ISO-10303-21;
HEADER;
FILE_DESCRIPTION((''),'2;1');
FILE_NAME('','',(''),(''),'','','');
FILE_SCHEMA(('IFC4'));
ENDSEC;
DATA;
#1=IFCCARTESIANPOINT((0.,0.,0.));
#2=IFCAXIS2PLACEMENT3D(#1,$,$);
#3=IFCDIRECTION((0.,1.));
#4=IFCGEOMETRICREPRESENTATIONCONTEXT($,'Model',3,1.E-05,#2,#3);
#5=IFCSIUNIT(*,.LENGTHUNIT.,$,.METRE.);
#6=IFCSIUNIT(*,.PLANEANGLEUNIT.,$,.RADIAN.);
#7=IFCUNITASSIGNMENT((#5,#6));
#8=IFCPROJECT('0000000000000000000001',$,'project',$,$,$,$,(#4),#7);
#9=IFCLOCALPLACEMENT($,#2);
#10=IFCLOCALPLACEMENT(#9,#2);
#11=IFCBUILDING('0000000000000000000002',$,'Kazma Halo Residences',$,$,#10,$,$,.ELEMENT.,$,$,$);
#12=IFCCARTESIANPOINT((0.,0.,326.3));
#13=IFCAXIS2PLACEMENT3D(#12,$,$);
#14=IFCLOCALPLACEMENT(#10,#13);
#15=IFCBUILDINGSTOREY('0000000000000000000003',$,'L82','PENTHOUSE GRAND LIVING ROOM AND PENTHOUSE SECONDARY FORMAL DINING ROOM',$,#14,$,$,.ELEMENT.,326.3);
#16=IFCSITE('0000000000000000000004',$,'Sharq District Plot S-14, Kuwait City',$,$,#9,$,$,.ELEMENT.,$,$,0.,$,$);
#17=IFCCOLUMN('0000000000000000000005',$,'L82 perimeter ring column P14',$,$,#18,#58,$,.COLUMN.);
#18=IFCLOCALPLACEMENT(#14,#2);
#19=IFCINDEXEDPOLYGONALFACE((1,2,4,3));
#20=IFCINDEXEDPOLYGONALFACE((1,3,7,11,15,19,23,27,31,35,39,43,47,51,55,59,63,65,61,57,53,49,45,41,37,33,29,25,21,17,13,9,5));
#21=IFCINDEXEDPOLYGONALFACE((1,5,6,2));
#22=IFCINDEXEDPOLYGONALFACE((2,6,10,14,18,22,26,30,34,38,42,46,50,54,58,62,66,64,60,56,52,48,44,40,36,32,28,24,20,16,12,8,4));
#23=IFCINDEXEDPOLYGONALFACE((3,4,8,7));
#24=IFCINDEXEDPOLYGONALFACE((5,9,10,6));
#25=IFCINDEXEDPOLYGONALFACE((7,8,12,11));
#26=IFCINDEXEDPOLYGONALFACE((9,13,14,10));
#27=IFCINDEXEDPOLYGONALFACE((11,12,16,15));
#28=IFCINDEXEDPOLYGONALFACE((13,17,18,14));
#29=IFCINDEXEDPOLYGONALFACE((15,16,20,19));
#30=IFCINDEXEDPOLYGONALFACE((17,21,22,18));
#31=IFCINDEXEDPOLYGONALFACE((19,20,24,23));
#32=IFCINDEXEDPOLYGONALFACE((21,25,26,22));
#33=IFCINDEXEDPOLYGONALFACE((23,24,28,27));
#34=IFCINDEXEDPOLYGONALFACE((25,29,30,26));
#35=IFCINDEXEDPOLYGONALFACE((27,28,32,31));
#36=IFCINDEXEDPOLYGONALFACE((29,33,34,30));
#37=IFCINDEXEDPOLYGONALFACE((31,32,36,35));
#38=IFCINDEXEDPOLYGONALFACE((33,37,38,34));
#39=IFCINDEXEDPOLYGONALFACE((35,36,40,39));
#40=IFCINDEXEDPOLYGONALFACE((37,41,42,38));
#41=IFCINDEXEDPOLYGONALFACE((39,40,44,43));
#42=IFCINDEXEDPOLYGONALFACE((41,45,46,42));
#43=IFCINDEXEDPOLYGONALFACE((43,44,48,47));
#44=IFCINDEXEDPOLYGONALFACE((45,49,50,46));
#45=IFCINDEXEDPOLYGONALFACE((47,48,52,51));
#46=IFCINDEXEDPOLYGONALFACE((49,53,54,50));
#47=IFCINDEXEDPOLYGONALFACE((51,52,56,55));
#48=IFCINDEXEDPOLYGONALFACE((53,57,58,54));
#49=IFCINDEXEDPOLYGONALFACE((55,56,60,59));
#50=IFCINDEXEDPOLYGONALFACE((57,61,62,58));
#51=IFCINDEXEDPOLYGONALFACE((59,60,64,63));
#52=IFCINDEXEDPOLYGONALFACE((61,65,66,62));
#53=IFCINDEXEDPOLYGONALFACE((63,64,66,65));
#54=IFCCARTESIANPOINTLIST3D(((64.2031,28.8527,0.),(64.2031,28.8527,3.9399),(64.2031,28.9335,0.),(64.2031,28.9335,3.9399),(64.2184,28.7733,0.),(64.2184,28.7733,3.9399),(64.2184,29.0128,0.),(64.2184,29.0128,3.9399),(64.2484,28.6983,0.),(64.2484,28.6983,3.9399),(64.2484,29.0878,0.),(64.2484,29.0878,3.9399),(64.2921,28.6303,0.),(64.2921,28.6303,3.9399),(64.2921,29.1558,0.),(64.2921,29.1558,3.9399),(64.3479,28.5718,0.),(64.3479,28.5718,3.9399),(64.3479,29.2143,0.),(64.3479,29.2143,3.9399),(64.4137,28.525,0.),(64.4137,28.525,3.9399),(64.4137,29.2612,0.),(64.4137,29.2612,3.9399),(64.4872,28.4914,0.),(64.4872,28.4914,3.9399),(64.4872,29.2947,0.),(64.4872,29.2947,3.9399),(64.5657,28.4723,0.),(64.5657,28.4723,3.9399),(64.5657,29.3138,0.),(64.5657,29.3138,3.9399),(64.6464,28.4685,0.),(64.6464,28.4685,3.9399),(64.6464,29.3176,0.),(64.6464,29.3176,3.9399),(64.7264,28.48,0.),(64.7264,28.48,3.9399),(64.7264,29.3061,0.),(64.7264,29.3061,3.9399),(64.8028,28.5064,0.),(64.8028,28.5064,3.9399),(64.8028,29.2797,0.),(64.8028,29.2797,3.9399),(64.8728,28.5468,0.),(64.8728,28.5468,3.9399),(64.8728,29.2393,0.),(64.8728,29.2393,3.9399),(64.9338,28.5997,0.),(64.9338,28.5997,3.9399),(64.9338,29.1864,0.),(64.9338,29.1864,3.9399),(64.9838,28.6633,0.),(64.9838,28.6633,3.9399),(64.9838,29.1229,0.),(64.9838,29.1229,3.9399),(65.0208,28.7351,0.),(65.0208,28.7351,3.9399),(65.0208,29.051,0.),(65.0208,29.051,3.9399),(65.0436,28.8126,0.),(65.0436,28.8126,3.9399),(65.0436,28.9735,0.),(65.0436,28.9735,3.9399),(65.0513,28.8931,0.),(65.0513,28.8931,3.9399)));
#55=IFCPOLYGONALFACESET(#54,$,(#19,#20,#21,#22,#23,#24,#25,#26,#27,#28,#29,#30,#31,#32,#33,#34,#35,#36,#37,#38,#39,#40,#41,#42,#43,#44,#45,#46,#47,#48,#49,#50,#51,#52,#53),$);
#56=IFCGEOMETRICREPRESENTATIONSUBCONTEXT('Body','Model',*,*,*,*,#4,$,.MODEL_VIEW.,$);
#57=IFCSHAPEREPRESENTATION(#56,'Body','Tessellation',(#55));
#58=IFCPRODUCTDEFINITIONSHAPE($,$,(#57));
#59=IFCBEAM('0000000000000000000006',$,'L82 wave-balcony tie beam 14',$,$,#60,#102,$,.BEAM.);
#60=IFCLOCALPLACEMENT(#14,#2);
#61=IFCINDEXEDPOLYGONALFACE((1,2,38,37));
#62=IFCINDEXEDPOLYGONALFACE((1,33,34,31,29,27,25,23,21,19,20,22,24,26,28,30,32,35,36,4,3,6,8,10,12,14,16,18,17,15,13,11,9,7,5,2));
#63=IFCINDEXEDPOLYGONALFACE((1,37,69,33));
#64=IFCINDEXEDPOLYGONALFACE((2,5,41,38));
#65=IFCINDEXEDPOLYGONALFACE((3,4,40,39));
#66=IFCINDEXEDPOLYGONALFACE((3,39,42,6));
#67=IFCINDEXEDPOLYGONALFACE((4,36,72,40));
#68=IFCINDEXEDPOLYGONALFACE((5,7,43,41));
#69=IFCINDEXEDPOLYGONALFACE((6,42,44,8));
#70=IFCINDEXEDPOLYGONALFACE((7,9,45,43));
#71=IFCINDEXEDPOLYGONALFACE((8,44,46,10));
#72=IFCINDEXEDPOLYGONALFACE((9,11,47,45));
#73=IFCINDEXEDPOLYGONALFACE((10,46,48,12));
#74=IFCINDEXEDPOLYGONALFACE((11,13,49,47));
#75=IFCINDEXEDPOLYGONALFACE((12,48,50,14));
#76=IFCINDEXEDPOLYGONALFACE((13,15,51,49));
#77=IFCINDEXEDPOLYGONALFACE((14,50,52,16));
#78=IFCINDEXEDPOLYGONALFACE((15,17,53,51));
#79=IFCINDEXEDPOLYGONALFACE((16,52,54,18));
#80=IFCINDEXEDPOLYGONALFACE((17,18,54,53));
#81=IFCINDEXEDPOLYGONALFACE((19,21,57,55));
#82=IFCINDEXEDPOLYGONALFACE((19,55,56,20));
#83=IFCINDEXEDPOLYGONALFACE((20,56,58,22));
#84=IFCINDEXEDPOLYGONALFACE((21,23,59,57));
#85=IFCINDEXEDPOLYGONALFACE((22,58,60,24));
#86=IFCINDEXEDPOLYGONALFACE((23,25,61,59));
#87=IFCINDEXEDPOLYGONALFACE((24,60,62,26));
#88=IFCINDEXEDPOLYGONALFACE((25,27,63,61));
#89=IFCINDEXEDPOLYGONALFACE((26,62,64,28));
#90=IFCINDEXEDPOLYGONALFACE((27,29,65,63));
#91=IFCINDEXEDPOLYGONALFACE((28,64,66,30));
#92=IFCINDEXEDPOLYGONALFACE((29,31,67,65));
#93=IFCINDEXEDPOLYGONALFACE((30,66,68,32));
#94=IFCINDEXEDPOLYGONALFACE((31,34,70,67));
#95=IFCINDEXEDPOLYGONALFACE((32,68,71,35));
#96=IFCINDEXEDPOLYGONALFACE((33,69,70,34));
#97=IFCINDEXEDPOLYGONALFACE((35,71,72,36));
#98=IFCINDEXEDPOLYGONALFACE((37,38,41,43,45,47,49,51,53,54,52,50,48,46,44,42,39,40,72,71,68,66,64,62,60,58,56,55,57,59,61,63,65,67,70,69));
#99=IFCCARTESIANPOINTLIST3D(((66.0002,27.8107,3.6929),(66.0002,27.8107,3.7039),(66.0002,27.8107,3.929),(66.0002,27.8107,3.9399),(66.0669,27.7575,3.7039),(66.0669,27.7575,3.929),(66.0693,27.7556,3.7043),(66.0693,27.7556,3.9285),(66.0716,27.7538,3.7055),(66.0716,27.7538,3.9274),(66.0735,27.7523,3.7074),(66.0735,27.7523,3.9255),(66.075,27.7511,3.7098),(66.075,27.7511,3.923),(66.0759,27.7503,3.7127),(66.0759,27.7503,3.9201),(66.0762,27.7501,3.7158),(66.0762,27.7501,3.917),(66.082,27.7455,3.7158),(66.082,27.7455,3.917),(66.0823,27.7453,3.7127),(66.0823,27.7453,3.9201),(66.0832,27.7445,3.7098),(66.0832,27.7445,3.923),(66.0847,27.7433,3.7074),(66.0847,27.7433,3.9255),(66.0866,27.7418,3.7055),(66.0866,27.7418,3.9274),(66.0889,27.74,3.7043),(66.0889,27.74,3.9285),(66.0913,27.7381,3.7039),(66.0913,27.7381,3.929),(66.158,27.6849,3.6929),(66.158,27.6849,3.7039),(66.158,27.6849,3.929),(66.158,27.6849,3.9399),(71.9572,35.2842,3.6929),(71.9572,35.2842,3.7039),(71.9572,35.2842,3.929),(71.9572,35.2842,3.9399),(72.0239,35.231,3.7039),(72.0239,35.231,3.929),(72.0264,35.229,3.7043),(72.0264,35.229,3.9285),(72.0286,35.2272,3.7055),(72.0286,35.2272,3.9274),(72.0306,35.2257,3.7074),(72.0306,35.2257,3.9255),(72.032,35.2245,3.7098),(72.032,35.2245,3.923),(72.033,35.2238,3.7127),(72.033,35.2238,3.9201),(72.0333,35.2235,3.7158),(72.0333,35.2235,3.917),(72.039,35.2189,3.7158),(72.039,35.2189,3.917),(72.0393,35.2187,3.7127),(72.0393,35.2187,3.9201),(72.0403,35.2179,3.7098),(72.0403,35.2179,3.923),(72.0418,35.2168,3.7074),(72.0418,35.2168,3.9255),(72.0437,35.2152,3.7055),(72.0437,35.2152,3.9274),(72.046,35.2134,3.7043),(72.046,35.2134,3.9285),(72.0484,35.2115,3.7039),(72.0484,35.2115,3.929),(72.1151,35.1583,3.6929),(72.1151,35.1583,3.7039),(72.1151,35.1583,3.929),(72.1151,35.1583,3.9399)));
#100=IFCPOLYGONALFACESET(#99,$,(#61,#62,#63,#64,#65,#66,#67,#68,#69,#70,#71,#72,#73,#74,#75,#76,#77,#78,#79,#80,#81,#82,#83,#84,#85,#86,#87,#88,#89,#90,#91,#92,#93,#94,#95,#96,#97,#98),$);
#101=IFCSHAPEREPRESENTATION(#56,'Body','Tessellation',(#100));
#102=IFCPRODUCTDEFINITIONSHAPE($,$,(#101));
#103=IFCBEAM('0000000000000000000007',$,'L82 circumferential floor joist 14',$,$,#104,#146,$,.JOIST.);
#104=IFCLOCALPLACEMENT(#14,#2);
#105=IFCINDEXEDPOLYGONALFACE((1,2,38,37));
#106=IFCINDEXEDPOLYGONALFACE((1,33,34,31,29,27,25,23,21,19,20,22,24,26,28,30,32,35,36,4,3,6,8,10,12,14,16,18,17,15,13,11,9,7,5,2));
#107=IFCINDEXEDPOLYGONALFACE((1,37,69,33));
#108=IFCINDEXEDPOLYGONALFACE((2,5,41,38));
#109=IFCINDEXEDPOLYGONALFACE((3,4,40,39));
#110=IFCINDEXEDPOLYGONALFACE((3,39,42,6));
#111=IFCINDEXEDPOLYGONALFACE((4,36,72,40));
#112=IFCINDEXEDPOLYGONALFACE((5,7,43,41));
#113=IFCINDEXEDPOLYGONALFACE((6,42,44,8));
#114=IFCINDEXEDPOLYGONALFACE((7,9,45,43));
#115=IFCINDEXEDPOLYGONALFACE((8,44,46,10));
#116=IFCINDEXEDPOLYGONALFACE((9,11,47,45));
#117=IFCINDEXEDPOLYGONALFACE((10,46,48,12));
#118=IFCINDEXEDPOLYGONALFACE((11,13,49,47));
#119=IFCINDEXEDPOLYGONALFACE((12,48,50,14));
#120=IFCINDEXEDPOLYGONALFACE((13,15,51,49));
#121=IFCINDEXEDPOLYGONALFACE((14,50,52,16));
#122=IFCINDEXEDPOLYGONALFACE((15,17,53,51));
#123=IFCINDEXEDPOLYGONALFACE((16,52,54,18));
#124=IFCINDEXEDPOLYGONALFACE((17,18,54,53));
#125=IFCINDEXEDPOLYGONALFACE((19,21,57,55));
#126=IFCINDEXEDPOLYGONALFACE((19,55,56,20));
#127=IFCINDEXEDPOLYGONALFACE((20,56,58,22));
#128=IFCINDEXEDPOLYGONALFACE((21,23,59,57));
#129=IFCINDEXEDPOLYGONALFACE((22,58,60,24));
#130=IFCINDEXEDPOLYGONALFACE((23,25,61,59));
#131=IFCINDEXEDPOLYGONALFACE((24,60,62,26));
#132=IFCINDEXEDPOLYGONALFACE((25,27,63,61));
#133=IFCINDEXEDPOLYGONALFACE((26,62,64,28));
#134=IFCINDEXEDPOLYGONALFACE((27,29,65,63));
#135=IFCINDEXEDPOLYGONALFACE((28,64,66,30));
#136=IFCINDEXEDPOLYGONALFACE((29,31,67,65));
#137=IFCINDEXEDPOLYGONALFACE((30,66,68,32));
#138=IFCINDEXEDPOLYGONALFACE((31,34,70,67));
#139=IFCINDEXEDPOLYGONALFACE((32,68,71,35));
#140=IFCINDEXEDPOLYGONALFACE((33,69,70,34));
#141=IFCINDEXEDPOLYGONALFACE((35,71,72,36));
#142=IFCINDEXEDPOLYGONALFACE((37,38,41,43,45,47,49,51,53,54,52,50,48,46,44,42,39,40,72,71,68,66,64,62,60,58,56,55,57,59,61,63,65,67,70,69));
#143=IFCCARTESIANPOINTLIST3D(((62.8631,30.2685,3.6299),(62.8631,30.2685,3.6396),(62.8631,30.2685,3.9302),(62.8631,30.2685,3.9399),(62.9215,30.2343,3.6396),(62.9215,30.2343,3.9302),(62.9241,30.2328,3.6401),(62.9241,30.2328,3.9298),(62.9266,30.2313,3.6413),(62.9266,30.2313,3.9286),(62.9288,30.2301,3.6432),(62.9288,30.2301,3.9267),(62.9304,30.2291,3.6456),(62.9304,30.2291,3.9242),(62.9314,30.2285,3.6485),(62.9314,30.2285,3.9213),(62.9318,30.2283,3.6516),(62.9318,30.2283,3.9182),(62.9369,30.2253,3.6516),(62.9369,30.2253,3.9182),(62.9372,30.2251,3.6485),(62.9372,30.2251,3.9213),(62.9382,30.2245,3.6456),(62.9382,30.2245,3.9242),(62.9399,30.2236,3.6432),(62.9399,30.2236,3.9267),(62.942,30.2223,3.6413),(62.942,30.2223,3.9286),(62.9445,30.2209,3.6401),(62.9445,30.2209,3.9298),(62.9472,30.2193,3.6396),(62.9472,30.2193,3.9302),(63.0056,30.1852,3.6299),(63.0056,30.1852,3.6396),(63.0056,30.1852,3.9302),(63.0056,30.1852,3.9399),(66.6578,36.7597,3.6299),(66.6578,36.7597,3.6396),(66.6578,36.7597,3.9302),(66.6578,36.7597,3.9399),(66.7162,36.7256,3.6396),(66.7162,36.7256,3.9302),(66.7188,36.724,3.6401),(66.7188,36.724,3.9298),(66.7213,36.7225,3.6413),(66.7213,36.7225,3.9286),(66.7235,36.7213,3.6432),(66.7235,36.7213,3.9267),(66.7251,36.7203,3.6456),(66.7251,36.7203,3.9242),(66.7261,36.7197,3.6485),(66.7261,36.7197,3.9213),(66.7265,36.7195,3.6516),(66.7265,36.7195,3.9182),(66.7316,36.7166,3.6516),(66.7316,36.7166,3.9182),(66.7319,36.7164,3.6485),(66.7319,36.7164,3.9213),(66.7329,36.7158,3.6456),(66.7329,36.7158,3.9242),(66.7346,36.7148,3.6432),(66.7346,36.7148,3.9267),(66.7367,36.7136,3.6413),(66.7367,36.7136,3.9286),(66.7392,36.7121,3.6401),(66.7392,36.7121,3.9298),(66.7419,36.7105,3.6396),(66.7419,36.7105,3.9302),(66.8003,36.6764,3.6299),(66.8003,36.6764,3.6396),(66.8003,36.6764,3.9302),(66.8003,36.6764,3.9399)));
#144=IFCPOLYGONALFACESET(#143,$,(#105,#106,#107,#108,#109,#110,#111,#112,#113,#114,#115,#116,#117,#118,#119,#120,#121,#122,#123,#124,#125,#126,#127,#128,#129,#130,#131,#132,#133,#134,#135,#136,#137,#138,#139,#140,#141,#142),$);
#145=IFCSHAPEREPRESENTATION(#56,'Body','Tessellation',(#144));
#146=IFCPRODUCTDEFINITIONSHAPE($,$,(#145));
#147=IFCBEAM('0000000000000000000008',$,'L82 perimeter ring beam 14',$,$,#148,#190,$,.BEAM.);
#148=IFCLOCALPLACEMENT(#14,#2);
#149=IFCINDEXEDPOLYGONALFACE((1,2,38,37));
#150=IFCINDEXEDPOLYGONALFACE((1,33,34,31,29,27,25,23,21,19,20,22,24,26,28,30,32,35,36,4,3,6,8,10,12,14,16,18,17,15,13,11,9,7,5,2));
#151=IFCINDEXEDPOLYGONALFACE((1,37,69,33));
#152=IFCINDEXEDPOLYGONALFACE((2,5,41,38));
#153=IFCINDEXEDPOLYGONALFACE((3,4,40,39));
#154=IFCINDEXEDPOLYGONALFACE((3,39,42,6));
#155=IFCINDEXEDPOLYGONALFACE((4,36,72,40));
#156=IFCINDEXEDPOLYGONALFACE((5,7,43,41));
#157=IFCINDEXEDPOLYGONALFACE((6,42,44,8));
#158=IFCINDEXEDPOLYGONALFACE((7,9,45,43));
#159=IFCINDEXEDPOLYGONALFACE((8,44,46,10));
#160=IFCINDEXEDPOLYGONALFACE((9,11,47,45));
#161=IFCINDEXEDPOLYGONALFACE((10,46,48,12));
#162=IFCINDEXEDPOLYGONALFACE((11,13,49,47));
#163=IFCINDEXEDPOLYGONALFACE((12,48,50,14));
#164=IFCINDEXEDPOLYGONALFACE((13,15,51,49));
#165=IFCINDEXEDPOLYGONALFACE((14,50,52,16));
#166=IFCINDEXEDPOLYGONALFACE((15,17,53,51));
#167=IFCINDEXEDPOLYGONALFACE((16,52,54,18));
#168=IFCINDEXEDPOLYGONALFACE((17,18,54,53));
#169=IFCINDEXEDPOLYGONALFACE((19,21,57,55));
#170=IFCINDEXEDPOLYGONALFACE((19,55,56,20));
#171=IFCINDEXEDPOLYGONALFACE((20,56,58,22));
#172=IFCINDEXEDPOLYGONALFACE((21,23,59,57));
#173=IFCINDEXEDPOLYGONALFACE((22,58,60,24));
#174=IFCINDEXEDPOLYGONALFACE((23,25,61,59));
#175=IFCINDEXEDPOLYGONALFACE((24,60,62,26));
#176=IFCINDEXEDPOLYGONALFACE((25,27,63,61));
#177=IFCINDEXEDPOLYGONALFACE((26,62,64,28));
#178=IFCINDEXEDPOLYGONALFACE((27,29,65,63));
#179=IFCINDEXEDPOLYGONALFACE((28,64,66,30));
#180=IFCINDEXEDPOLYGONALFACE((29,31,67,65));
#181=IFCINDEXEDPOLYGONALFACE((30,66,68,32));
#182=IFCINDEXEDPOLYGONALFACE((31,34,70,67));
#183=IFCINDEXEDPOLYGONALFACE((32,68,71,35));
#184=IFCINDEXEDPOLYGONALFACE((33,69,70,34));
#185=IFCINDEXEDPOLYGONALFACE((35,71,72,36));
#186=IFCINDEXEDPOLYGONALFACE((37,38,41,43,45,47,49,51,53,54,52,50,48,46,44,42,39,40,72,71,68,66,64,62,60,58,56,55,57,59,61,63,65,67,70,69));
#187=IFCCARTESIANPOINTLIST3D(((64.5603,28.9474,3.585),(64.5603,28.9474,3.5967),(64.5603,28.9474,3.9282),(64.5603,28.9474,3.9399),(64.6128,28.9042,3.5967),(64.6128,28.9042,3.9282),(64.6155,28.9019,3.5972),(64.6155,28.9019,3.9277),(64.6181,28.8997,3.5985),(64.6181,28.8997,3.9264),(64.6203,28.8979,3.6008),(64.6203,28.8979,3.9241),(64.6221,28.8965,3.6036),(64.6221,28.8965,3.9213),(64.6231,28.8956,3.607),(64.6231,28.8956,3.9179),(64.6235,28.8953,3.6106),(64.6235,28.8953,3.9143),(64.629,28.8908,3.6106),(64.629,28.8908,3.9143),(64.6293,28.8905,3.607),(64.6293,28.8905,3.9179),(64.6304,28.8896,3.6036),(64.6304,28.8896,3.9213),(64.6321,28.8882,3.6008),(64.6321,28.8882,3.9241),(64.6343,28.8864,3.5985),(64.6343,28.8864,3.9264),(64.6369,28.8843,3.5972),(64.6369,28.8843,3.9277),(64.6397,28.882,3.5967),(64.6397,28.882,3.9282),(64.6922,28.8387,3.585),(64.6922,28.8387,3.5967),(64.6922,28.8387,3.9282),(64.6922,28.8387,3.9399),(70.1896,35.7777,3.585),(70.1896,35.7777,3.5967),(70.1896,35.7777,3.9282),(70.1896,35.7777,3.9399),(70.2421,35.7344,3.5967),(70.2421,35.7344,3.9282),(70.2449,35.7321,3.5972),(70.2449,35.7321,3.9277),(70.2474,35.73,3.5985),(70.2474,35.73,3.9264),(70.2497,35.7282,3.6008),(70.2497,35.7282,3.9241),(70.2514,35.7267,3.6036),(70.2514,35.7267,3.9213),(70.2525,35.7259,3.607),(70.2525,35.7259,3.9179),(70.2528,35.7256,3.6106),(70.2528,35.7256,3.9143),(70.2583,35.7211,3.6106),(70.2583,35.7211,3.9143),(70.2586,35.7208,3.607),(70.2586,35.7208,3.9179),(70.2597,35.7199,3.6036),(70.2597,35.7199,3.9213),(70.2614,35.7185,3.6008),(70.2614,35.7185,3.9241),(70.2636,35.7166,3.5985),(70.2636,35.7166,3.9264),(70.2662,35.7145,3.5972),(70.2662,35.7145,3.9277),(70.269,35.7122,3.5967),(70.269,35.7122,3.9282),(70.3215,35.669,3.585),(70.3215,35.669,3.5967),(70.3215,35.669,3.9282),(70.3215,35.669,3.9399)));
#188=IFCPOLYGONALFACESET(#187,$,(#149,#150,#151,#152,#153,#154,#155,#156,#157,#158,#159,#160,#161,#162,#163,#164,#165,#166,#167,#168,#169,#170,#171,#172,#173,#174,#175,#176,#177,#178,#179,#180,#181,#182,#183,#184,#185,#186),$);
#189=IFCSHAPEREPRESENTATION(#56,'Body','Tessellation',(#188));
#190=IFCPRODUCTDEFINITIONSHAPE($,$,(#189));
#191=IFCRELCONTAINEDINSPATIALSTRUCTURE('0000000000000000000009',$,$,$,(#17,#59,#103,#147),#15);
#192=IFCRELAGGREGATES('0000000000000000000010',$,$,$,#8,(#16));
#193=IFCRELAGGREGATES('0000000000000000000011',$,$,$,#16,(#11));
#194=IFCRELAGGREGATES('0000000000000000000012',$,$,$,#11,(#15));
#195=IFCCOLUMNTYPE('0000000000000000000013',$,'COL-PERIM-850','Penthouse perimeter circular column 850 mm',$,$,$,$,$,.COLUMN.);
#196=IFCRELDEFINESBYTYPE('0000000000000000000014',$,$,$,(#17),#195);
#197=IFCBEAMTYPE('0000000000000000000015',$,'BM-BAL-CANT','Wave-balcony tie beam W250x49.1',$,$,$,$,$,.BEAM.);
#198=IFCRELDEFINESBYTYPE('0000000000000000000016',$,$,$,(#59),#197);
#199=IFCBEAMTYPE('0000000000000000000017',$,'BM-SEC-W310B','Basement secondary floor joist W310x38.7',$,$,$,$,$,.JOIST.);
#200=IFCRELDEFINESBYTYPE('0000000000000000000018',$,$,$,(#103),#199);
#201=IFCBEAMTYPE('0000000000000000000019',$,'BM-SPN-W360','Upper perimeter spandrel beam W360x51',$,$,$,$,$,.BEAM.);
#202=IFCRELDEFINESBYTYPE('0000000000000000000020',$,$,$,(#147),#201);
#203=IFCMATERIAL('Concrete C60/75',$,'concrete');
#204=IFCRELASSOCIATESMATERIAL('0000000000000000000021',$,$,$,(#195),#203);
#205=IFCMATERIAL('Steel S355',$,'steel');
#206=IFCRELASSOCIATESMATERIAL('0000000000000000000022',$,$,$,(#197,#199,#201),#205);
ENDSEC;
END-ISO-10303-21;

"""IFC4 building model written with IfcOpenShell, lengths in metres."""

from ifc_helpers import new_model, si_unit, direction, frame, origin, origin_2d, place, context, subcontext, project, spatial, circle, i_section, extrude, material, material_profile, profile_set, type_object, element, save


model = new_model("IFC4")

# Units and contexts
model_context = context("Model", 3, precision=1e-05, world=origin(), true_north=direction((0.0, 1.0)))
body_context = subcontext(model_context, "Body", "Model", "MODEL_VIEW")
ifc_project = project(units=[si_unit("LENGTHUNIT", "METRE"), si_unit("PLANEANGLEUNIT", "RADIAN")], contexts=[model_context])

# Site, building, storey
site_placement = place(None, origin())
site = spatial("IfcSite", under=ifc_project, at=site_placement, Name="Sharq District Plot S-14, Kuwait City", CompositionType="ELEMENT", RefElevation=0.0)
building_placement = place(site_placement, origin())
building = spatial("IfcBuilding", under=site, at=building_placement, Name="Kazma Halo Residences", CompositionType="ELEMENT")
storey_placement = place(building_placement, frame((0.0, 0.0, 326.3)))
storey = spatial("IfcBuildingStorey", under=building, at=storey_placement, Name="L82", Description="PENTHOUSE GRAND LIVING ROOM AND PENTHOUSE SECONDARY FORMAL DINING ROOM", CompositionType="ELEMENT", Elevation=326.3)

# Column
ifc_material_1 = material(Name="Concrete C60/75", Category="concrete")
ifc_material_profile_1 = material_profile(ifc_material_1, circle(Radius=0.425, at=origin_2d()), Name="CIRC850")
ifc_profile_set_1 = profile_set([ifc_material_profile_1], Name="Concrete C60/75")
column_type = type_object("IfcColumnType", Name="COL-PERIM-850", Description="Penthouse perimeter circular column 850 mm", PredefinedType="COLUMN", material=ifc_profile_set_1)
column_placement = place(storey_placement, frame((64.6262, 28.8931, 0.0), z_axis=(0.0, 0.0, 1.0), x_axis=(1.0, 0.0, 0.0)))
element("IfcColumn", 1, at=column_placement, inside=storey, type_object=column_type, Name="L82 perimeter ring column P14", PredefinedType="COLUMN", context=body_context, shape_type="SweptSolid", body=[
    extrude(circle(Radius=0.425, at=origin_2d()), origin(), (0.0, 0.0, 1.0), 3.9399),
])

# Beams
ifc_material_2 = material(Name="Steel S355", Category="steel")
ifc_material_profile_2 = material_profile(ifc_material_2, i_section(OverallWidth=0.2019, OverallDepth=0.2471, WebThickness=0.0073, FlangeThickness=0.011, FilletRadius=0.012, at=origin_2d()), Name="W250x49.1")
ifc_profile_set_2 = profile_set([ifc_material_profile_2], Name="Steel S355")
beam_type_1 = type_object("IfcBeamType", Name="BM-BAL-CANT", Description="Wave-balcony tie beam W250x49.1", PredefinedType="BEAM", material=ifc_profile_set_2)
beam_1_placement = place(storey_placement, frame((66.0791, 27.7478, 3.8164), z_axis=(0.623311, 0.781974, 0.0), x_axis=(-0.781974, 0.623311, 0.0)))
element("IfcBeam", 2, at=beam_1_placement, inside=storey, type_object=beam_type_1, Name="L82 wave-balcony tie beam 14", PredefinedType="BEAM", context=body_context, shape_type="SweptSolid", body=[
    extrude(i_section(OverallWidth=0.2019, OverallDepth=0.2471, WebThickness=0.0073, FlangeThickness=0.011, FilletRadius=0.012, at=origin_2d()), origin(), (0.0, 0.0, 1.0), 9.5571),
])
ifc_material_profile_3 = material_profile(ifc_material_2, i_section(OverallWidth=0.165, OverallDepth=0.3101, WebThickness=0.0059, FlangeThickness=0.0098, FilletRadius=0.012, at=origin_2d()), Name="W310x38.7")
ifc_profile_set_3 = profile_set([ifc_material_profile_3], Name="Steel S355")
beam_type_2 = type_object("IfcBeamType", Name="BM-SEC-W310B", Description="Basement secondary floor joist W310x38.7", PredefinedType="JOIST", material=ifc_profile_set_3)
beam_2_placement = place(storey_placement, frame((62.9343, 30.2268, 3.7849), z_axis=(0.504678, 0.863307, 0.0), x_axis=(-0.863307, 0.504678, 0.0)))
element("IfcBeam", 3, at=beam_2_placement, inside=storey, type_object=beam_type_2, Name="L82 circumferential floor joist 14", PredefinedType="JOIST", context=body_context, shape_type="SweptSolid", body=[
    extrude(i_section(OverallWidth=0.165, OverallDepth=0.3101, WebThickness=0.0059, FlangeThickness=0.0098, FilletRadius=0.012, at=origin_2d()), origin(), (0.0, 0.0, 1.0), 7.519),
])
ifc_material_profile_4 = material_profile(ifc_material_2, i_section(OverallWidth=0.1709, OverallDepth=0.355, WebThickness=0.0071, FlangeThickness=0.0117, FilletRadius=0.0139, at=origin_2d()), Name="W360x51")
ifc_profile_set_4 = profile_set([ifc_material_profile_4], Name="Steel S355")
beam_type_3 = type_object("IfcBeamType", Name="BM-SPN-W360", Description="Upper perimeter spandrel beam W360x51", PredefinedType="BEAM", material=ifc_profile_set_4)
beam_3_placement = place(storey_placement, frame((64.6262, 28.8931, 3.7625), z_axis=(0.636005, 0.771685, 0.0), x_axis=(-0.771685, 0.636005, 0.0)))
element("IfcBeam", 4, at=beam_3_placement, inside=storey, type_object=beam_type_3, Name="L82 perimeter ring beam 14", PredefinedType="BEAM", context=body_context, shape_type="SweptSolid", body=[
    extrude(i_section(OverallWidth=0.1709, OverallDepth=0.355, WebThickness=0.0071, FlangeThickness=0.0117, FilletRadius=0.0139, at=origin_2d()), origin(), (0.0, 0.0, 1.0), 8.8511),
])

save(model, "model.ifc")
